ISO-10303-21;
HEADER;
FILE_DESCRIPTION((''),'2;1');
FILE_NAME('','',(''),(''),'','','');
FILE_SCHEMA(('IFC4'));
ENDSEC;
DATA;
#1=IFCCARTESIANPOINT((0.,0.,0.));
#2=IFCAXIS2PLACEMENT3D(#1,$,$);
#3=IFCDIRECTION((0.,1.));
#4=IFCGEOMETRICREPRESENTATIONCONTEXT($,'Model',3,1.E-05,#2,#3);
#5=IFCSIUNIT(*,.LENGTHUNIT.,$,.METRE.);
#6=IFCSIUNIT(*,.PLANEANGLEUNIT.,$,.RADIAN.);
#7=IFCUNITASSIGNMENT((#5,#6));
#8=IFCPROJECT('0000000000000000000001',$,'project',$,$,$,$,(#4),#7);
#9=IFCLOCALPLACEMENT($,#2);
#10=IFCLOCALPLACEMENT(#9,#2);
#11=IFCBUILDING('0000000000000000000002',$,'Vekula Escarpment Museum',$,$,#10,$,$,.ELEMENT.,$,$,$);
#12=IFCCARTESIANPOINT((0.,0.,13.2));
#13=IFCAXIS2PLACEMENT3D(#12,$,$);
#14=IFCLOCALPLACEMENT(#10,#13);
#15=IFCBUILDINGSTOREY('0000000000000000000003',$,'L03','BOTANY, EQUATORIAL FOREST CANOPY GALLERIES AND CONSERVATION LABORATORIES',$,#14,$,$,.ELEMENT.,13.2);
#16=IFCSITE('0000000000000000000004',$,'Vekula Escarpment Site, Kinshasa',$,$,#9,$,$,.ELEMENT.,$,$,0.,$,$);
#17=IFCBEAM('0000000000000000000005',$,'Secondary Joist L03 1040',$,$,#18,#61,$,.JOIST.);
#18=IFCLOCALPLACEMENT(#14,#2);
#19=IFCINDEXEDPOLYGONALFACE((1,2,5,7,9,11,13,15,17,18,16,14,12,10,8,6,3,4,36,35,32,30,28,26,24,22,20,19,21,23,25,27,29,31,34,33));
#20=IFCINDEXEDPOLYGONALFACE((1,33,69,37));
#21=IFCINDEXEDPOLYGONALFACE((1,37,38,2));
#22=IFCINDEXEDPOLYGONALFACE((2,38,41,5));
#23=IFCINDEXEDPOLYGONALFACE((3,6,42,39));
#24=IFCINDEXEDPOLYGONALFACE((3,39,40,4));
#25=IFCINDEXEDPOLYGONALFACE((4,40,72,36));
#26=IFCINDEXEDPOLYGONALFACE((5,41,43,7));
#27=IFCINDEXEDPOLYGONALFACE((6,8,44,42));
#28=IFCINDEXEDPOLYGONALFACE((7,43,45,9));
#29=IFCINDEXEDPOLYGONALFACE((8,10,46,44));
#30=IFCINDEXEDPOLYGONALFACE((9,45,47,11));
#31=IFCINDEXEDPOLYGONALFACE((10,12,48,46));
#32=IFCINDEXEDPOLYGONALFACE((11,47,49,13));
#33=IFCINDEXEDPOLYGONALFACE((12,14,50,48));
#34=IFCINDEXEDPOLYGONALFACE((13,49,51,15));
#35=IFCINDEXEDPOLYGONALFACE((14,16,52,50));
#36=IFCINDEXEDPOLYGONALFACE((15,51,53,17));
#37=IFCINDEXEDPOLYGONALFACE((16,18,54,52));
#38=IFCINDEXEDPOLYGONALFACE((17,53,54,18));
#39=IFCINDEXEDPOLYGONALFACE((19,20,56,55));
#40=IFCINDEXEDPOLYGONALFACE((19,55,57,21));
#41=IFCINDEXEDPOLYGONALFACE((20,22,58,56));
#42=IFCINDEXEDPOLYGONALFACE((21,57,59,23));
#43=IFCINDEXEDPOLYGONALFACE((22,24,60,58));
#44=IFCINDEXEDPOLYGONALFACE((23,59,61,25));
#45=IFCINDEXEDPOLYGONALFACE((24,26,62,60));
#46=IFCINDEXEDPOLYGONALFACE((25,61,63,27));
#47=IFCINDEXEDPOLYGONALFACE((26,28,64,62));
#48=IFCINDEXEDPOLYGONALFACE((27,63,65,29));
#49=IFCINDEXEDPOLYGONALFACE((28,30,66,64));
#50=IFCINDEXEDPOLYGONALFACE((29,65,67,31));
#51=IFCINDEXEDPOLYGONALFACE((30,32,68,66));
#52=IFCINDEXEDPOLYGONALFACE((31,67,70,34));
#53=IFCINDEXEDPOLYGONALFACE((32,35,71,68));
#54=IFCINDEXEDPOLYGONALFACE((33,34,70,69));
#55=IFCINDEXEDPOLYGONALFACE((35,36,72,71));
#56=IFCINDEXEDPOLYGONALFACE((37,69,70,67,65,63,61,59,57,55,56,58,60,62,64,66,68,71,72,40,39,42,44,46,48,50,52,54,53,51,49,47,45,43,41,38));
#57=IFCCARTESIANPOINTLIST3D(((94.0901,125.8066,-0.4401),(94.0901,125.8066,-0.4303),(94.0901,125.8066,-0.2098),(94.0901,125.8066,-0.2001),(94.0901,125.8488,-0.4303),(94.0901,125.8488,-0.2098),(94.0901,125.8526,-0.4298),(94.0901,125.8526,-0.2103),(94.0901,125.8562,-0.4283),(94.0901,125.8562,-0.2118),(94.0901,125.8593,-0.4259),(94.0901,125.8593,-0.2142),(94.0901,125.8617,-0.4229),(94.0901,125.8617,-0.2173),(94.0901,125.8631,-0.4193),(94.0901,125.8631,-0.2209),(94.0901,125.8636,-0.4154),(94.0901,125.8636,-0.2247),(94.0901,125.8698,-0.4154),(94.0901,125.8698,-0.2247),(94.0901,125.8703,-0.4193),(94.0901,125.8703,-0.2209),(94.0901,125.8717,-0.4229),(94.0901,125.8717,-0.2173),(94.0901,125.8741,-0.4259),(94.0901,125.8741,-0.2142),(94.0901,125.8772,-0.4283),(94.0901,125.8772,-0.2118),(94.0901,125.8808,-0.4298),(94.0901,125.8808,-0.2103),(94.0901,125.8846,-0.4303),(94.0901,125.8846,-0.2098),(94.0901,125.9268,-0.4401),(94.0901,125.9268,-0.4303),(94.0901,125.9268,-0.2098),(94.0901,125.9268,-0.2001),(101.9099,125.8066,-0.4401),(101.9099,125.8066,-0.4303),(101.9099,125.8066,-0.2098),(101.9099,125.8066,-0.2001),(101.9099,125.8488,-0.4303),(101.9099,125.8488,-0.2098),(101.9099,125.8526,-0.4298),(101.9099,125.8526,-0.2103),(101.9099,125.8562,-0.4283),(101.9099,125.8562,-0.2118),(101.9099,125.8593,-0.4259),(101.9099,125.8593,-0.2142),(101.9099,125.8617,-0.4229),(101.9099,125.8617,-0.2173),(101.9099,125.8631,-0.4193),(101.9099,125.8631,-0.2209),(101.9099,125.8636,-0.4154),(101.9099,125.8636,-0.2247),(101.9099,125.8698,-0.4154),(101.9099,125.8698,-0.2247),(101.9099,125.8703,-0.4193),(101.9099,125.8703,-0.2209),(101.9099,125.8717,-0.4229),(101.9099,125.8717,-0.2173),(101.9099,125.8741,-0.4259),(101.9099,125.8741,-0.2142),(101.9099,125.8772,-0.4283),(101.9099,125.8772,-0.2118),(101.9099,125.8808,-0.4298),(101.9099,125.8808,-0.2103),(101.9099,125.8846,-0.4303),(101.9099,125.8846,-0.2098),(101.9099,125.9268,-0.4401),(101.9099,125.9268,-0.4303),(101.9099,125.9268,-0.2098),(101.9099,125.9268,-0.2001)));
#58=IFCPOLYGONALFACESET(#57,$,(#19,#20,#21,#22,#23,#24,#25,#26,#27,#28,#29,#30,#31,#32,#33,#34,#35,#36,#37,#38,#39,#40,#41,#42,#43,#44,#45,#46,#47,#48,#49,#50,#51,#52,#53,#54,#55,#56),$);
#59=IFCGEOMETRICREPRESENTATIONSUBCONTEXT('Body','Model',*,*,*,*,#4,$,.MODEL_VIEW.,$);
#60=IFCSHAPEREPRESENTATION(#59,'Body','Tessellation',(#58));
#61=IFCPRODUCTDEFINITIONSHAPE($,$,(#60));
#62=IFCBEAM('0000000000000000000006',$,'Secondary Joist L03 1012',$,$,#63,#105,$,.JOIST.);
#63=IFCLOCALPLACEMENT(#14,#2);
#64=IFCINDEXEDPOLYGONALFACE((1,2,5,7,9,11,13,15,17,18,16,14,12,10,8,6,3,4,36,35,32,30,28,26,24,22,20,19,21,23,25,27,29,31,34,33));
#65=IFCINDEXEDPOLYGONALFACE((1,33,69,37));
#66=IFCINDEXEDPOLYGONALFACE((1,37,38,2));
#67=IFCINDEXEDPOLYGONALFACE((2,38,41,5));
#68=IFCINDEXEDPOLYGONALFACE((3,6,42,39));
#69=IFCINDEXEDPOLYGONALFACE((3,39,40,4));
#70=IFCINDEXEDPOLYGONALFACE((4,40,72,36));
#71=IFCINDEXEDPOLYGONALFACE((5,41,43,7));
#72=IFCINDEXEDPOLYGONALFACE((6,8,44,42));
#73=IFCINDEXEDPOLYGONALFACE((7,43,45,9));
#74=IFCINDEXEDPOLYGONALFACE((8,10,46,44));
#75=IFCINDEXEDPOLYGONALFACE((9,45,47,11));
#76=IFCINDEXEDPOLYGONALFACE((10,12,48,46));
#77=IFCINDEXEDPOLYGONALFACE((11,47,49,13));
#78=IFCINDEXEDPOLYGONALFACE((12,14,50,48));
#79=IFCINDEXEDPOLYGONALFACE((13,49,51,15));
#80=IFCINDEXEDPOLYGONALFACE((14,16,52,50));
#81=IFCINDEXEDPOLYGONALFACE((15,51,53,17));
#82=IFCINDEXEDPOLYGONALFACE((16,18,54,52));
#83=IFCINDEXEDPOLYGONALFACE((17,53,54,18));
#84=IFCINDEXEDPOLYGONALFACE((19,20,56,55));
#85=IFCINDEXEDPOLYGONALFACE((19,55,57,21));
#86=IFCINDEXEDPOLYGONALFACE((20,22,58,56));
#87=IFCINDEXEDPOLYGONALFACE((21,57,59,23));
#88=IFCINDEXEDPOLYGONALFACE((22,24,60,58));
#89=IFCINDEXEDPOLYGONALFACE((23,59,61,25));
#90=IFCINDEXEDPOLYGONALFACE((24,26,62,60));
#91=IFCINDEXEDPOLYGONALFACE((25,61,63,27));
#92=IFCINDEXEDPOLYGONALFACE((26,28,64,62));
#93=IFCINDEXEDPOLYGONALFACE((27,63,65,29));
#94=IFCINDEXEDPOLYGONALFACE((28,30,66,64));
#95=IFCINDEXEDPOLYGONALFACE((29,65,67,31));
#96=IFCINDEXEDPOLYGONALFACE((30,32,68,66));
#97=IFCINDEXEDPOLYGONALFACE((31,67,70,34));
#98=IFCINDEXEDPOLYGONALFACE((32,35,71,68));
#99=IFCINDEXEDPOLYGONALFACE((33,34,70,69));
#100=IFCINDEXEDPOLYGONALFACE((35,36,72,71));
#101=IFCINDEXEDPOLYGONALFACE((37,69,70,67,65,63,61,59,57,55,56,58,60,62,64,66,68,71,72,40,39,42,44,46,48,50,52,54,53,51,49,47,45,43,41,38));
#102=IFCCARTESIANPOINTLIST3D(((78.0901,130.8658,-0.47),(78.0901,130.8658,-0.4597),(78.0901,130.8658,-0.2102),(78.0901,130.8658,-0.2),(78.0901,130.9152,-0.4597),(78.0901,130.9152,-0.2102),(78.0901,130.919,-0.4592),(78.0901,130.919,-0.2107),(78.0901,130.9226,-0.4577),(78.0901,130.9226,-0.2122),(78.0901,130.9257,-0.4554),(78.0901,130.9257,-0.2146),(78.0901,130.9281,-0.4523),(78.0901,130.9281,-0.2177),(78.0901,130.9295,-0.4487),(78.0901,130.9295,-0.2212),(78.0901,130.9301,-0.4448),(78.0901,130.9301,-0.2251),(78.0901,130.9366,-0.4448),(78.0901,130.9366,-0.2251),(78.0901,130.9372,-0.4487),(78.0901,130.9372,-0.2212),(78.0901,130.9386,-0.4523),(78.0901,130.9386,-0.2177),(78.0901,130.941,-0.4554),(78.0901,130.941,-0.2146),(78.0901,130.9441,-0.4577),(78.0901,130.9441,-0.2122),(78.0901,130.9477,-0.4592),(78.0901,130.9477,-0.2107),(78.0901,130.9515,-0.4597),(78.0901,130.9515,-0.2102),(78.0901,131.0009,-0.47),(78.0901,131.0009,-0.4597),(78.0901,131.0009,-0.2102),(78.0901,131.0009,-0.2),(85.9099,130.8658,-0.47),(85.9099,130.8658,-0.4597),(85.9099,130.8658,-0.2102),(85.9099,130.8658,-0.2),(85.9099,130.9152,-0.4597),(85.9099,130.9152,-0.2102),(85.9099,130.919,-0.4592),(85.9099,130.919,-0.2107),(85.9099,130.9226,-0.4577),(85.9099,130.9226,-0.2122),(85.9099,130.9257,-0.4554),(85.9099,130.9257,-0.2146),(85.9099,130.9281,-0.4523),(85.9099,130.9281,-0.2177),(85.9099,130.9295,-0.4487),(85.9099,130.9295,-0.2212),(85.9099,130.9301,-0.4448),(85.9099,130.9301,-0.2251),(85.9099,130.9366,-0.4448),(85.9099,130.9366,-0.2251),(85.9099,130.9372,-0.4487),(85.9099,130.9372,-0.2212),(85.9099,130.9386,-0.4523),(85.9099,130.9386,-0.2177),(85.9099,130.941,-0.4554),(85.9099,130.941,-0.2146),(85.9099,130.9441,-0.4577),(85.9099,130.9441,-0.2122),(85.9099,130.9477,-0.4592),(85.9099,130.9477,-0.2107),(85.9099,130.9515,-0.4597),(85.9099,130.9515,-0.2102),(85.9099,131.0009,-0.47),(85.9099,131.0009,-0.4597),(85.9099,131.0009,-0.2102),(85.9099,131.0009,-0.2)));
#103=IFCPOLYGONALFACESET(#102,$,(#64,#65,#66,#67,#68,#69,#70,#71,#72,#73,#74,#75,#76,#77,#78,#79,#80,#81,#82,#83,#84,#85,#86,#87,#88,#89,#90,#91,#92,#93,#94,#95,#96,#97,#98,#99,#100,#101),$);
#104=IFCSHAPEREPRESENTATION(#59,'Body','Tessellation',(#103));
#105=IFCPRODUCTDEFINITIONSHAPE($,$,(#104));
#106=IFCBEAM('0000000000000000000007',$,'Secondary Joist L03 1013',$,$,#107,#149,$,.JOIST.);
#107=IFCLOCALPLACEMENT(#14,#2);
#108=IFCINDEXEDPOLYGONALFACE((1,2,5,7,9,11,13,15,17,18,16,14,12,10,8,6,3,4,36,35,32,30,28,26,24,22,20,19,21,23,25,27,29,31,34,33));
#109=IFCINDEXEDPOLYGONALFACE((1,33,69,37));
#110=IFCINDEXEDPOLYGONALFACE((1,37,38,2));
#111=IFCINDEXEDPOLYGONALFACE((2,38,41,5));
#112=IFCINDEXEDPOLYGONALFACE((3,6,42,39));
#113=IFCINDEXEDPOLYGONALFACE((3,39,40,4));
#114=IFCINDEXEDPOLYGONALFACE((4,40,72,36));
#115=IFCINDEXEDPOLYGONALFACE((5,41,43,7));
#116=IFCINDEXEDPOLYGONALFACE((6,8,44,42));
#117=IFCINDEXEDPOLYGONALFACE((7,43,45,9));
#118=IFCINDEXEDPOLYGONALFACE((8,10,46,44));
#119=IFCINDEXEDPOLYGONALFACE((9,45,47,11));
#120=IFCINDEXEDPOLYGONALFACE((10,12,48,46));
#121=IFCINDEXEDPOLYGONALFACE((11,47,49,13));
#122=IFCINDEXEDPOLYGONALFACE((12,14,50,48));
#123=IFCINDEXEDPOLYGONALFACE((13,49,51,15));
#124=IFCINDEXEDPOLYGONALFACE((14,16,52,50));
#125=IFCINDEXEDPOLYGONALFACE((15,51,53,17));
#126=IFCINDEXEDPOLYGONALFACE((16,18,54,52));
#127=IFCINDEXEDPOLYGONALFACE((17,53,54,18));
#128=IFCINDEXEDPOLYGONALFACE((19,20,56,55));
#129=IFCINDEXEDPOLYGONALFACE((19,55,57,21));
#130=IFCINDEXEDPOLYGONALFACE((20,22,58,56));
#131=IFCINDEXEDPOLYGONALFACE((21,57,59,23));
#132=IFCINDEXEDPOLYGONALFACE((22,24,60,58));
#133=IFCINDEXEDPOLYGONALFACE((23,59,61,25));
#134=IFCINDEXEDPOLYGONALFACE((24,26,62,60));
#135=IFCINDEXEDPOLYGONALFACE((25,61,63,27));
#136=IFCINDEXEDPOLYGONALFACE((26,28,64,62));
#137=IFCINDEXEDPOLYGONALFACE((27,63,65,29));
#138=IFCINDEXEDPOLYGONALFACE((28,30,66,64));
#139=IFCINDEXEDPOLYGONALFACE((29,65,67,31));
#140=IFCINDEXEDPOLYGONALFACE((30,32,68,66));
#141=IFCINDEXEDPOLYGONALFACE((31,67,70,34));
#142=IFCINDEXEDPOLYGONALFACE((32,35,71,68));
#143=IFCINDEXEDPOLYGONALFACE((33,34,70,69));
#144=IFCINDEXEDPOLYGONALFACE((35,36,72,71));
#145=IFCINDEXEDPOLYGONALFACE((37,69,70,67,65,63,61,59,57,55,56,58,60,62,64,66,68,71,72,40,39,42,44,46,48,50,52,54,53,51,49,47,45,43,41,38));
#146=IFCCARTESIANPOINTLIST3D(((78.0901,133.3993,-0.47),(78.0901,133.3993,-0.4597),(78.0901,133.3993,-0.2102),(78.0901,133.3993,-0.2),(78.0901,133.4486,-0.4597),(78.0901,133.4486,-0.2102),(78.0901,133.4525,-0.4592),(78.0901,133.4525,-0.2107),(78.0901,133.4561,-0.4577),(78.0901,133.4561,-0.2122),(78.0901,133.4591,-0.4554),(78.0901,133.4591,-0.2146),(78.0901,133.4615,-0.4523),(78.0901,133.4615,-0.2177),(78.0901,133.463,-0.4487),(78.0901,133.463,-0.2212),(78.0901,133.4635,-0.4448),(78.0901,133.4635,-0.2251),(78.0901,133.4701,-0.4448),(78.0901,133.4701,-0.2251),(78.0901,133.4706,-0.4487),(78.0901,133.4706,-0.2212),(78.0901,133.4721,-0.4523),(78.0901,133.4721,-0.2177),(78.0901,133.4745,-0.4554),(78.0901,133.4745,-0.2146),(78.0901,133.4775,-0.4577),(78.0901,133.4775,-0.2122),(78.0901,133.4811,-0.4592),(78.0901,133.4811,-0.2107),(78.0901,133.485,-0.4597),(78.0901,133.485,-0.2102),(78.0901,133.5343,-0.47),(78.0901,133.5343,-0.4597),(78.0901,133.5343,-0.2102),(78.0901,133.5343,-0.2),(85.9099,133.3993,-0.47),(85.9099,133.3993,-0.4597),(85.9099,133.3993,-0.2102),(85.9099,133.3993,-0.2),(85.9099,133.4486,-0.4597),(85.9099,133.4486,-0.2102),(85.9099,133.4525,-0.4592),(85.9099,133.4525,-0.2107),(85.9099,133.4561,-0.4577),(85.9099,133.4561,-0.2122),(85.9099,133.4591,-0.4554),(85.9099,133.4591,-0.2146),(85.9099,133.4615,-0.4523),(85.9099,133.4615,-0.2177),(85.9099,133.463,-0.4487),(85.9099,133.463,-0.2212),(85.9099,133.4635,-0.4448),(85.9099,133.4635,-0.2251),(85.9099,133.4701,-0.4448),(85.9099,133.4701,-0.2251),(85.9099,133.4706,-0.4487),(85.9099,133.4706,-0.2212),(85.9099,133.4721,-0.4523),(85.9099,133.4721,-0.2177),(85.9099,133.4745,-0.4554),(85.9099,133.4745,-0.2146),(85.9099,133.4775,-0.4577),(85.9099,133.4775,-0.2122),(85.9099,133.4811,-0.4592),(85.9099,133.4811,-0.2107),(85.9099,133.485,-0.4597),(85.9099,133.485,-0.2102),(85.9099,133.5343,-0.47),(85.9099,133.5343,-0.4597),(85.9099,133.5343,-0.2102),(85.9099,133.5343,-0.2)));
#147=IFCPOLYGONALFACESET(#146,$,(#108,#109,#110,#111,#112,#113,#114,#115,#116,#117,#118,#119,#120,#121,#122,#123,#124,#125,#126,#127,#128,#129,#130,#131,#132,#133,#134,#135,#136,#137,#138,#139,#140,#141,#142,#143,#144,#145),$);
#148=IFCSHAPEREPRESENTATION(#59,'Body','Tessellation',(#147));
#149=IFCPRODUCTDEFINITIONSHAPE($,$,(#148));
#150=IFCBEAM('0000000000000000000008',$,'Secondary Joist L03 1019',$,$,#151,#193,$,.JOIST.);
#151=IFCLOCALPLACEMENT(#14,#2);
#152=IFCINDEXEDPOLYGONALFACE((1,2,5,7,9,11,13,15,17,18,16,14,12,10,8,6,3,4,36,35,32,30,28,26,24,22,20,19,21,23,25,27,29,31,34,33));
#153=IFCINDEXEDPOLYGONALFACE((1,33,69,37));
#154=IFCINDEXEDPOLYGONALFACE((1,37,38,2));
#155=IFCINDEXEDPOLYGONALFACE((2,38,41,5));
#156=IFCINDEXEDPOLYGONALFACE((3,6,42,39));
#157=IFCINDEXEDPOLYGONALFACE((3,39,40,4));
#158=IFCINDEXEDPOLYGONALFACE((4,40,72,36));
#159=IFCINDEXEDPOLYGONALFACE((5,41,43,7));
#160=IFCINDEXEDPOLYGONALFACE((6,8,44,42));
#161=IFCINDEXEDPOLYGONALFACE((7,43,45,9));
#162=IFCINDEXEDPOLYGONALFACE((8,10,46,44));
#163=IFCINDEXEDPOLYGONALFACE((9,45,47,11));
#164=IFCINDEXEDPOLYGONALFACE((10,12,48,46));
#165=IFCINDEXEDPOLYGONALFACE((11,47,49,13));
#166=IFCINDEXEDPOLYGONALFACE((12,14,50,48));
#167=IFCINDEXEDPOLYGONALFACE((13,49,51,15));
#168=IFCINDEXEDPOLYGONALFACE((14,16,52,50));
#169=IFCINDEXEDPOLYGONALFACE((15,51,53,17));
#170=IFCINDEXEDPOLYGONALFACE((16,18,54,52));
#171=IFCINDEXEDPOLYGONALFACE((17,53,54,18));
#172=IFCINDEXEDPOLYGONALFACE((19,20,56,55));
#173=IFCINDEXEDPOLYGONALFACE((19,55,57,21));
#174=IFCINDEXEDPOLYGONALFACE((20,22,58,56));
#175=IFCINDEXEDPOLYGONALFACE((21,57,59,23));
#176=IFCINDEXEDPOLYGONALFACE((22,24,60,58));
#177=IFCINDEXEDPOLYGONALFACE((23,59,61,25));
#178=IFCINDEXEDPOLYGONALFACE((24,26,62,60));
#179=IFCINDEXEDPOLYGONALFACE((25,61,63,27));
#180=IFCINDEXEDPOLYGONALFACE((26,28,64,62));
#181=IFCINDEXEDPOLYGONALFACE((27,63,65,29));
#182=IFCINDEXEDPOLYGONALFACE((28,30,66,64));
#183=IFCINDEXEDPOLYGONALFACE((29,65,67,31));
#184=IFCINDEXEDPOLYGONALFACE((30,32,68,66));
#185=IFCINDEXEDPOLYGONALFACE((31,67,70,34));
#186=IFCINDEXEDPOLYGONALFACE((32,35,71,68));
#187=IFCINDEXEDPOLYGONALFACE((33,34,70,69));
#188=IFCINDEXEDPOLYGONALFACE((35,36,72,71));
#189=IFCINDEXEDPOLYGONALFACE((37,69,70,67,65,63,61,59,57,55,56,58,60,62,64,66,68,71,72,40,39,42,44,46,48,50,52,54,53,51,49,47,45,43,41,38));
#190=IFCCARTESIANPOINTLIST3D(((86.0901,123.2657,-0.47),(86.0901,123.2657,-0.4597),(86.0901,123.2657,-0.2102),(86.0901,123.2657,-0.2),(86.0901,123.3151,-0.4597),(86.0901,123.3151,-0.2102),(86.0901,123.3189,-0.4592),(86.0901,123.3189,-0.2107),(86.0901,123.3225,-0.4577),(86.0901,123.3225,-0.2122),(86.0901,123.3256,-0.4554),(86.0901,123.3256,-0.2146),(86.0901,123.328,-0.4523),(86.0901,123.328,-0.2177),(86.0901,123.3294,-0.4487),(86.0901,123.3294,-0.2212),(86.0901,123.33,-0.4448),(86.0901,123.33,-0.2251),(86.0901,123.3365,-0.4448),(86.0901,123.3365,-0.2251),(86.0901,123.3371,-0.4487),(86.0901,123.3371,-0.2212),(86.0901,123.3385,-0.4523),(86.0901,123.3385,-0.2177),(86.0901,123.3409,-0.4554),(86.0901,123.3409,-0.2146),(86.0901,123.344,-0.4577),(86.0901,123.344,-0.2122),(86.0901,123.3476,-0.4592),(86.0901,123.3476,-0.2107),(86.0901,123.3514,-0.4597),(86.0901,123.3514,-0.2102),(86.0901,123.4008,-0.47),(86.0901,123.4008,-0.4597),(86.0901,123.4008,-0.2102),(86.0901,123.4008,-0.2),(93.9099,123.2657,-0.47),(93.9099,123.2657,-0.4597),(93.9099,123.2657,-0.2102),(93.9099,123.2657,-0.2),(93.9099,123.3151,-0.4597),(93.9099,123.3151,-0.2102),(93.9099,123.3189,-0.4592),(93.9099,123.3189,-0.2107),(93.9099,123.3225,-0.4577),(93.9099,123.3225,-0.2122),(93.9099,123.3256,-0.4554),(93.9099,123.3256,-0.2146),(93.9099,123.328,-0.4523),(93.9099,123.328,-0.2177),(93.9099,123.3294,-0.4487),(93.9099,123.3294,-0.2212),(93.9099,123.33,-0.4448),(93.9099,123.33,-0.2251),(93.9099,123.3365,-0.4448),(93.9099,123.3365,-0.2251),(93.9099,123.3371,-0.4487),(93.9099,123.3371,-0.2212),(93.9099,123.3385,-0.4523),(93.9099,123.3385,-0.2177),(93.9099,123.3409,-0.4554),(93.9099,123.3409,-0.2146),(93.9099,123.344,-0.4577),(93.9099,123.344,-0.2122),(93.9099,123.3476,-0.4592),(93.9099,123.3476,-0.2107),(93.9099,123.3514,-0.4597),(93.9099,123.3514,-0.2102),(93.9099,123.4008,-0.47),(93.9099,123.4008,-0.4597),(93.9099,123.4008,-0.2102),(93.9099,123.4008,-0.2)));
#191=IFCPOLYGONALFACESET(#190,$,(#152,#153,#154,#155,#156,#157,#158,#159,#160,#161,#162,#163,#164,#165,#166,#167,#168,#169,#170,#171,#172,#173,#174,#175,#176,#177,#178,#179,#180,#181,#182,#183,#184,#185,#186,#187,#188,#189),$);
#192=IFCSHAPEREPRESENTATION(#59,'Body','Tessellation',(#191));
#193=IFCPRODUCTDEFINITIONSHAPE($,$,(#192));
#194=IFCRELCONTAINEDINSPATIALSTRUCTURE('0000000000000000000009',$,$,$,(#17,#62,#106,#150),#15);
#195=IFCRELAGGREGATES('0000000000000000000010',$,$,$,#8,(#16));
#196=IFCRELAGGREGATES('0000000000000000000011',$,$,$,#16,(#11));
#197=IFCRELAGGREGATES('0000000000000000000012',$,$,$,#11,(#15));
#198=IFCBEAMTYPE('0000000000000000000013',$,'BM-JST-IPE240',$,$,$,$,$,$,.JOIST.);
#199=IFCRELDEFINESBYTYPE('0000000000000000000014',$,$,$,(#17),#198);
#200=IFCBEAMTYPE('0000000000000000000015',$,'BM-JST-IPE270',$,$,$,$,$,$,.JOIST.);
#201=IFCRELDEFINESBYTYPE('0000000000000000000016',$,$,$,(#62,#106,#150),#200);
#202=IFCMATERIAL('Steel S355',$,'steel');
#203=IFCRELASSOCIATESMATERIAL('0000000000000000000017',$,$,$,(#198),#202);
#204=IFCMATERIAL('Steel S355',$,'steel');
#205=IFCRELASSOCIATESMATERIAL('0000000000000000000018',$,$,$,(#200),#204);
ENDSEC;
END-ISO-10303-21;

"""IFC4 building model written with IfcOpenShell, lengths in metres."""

from ifc_helpers import new_model, si_unit, direction, frame, origin, origin_2d, place, context, subcontext, project, spatial, i_section, extrude, material, material_profile, profile_set, type_object, element, save


model = new_model("IFC4")

# Units and contexts
model_context = context("Model", 3, precision=1e-05, world=origin(), true_north=direction((0.0, 1.0)))
body_context = subcontext(model_context, "Body", "Model", "MODEL_VIEW")
ifc_project = project(units=[si_unit("LENGTHUNIT", "METRE"), si_unit("PLANEANGLEUNIT", "RADIAN")], contexts=[model_context])

# Site, building, storey
site_placement = place(None, origin())
site = spatial("IfcSite", under=ifc_project, at=site_placement, Name="Vekula Escarpment Site, Kinshasa", CompositionType="ELEMENT", RefElevation=0.0)
building_placement = place(site_placement, origin())
building = spatial("IfcBuilding", under=site, at=building_placement, Name="Vekula Escarpment Museum", CompositionType="ELEMENT")
storey_placement = place(building_placement, frame((0.0, 0.0, 13.2)))
storey = spatial("IfcBuildingStorey", under=building, at=storey_placement, Name="L03", Description="BOTANY, EQUATORIAL FOREST CANOPY GALLERIES AND CONSERVATION LABORATORIES", CompositionType="ELEMENT", Elevation=13.2)

# Beams
ifc_material_1 = material(Name="Steel S355", Category="steel")
ifc_material_profile_1 = material_profile(ifc_material_1, i_section(OverallWidth=0.1201, OverallDepth=0.24, WebThickness=0.0061, FlangeThickness=0.0098, FilletRadius=0.0149, at=origin_2d()), Name="IPE 240")
ifc_profile_set_1 = profile_set([ifc_material_profile_1], Name="Steel S355")
beam_type_1 = type_object("IfcBeamType", Name="BM-JST-IPE240", PredefinedType="JOIST", material=ifc_profile_set_1)
for number, where, z_axis, x_axis, name in (
    (1, (94.0901, 125.8667, -0.3201), (1.0, 0.0, 0.0), (0.0, 1.0, 0.0), "Secondary Joist L03 1040"),
):
    element("IfcBeam", number, at=place(storey_placement, frame(where, z_axis=z_axis, x_axis=x_axis)), inside=storey, type_object=beam_type_1, Name=name, PredefinedType="JOIST", context=body_context, shape_type="SweptSolid", body=[
        extrude(i_section(OverallWidth=0.1201, OverallDepth=0.24, WebThickness=0.0061, FlangeThickness=0.0098, FilletRadius=0.0149, at=origin_2d()), origin(), (0.0, 0.0, 1.0), 7.8198),
    ])
ifc_material_2 = material(Name="Steel S355", Category="steel")
ifc_material_profile_2 = material_profile(ifc_material_2, i_section(OverallWidth=0.135, OverallDepth=0.27, WebThickness=0.0066, FlangeThickness=0.0103, FilletRadius=0.0149, at=origin_2d()), Name="IPE 270")
ifc_profile_set_2 = profile_set([ifc_material_profile_2], Name="Steel S355")
beam_type_2 = type_object("IfcBeamType", Name="BM-JST-IPE270", PredefinedType="JOIST", material=ifc_profile_set_2)
for number, where, z_axis, x_axis, name in (
    (2, (78.0901, 130.9333, -0.335), (1.0, 0.0, 0.0), (0.0, 1.0, 0.0), "Secondary Joist L03 1012"),
    (3, (78.0901, 133.4668, -0.335), (1.0, 0.0, 0.0), (0.0, 1.0, 0.0), "Secondary Joist L03 1013"),
    (4, (86.0901, 123.3333, -0.335), (1.0, 0.0, 0.0), (0.0, 1.0, 0.0), "Secondary Joist L03 1019"),
):
    element("IfcBeam", number, at=place(storey_placement, frame(where, z_axis=z_axis, x_axis=x_axis)), inside=storey, type_object=beam_type_2, Name=name, PredefinedType="JOIST", context=body_context, shape_type="SweptSolid", body=[
        extrude(i_section(OverallWidth=0.135, OverallDepth=0.27, WebThickness=0.0066, FlangeThickness=0.0103, FilletRadius=0.0149, at=origin_2d()), origin(), (0.0, 0.0, 1.0), 7.8198),
    ])

save(model, "model.ifc")
